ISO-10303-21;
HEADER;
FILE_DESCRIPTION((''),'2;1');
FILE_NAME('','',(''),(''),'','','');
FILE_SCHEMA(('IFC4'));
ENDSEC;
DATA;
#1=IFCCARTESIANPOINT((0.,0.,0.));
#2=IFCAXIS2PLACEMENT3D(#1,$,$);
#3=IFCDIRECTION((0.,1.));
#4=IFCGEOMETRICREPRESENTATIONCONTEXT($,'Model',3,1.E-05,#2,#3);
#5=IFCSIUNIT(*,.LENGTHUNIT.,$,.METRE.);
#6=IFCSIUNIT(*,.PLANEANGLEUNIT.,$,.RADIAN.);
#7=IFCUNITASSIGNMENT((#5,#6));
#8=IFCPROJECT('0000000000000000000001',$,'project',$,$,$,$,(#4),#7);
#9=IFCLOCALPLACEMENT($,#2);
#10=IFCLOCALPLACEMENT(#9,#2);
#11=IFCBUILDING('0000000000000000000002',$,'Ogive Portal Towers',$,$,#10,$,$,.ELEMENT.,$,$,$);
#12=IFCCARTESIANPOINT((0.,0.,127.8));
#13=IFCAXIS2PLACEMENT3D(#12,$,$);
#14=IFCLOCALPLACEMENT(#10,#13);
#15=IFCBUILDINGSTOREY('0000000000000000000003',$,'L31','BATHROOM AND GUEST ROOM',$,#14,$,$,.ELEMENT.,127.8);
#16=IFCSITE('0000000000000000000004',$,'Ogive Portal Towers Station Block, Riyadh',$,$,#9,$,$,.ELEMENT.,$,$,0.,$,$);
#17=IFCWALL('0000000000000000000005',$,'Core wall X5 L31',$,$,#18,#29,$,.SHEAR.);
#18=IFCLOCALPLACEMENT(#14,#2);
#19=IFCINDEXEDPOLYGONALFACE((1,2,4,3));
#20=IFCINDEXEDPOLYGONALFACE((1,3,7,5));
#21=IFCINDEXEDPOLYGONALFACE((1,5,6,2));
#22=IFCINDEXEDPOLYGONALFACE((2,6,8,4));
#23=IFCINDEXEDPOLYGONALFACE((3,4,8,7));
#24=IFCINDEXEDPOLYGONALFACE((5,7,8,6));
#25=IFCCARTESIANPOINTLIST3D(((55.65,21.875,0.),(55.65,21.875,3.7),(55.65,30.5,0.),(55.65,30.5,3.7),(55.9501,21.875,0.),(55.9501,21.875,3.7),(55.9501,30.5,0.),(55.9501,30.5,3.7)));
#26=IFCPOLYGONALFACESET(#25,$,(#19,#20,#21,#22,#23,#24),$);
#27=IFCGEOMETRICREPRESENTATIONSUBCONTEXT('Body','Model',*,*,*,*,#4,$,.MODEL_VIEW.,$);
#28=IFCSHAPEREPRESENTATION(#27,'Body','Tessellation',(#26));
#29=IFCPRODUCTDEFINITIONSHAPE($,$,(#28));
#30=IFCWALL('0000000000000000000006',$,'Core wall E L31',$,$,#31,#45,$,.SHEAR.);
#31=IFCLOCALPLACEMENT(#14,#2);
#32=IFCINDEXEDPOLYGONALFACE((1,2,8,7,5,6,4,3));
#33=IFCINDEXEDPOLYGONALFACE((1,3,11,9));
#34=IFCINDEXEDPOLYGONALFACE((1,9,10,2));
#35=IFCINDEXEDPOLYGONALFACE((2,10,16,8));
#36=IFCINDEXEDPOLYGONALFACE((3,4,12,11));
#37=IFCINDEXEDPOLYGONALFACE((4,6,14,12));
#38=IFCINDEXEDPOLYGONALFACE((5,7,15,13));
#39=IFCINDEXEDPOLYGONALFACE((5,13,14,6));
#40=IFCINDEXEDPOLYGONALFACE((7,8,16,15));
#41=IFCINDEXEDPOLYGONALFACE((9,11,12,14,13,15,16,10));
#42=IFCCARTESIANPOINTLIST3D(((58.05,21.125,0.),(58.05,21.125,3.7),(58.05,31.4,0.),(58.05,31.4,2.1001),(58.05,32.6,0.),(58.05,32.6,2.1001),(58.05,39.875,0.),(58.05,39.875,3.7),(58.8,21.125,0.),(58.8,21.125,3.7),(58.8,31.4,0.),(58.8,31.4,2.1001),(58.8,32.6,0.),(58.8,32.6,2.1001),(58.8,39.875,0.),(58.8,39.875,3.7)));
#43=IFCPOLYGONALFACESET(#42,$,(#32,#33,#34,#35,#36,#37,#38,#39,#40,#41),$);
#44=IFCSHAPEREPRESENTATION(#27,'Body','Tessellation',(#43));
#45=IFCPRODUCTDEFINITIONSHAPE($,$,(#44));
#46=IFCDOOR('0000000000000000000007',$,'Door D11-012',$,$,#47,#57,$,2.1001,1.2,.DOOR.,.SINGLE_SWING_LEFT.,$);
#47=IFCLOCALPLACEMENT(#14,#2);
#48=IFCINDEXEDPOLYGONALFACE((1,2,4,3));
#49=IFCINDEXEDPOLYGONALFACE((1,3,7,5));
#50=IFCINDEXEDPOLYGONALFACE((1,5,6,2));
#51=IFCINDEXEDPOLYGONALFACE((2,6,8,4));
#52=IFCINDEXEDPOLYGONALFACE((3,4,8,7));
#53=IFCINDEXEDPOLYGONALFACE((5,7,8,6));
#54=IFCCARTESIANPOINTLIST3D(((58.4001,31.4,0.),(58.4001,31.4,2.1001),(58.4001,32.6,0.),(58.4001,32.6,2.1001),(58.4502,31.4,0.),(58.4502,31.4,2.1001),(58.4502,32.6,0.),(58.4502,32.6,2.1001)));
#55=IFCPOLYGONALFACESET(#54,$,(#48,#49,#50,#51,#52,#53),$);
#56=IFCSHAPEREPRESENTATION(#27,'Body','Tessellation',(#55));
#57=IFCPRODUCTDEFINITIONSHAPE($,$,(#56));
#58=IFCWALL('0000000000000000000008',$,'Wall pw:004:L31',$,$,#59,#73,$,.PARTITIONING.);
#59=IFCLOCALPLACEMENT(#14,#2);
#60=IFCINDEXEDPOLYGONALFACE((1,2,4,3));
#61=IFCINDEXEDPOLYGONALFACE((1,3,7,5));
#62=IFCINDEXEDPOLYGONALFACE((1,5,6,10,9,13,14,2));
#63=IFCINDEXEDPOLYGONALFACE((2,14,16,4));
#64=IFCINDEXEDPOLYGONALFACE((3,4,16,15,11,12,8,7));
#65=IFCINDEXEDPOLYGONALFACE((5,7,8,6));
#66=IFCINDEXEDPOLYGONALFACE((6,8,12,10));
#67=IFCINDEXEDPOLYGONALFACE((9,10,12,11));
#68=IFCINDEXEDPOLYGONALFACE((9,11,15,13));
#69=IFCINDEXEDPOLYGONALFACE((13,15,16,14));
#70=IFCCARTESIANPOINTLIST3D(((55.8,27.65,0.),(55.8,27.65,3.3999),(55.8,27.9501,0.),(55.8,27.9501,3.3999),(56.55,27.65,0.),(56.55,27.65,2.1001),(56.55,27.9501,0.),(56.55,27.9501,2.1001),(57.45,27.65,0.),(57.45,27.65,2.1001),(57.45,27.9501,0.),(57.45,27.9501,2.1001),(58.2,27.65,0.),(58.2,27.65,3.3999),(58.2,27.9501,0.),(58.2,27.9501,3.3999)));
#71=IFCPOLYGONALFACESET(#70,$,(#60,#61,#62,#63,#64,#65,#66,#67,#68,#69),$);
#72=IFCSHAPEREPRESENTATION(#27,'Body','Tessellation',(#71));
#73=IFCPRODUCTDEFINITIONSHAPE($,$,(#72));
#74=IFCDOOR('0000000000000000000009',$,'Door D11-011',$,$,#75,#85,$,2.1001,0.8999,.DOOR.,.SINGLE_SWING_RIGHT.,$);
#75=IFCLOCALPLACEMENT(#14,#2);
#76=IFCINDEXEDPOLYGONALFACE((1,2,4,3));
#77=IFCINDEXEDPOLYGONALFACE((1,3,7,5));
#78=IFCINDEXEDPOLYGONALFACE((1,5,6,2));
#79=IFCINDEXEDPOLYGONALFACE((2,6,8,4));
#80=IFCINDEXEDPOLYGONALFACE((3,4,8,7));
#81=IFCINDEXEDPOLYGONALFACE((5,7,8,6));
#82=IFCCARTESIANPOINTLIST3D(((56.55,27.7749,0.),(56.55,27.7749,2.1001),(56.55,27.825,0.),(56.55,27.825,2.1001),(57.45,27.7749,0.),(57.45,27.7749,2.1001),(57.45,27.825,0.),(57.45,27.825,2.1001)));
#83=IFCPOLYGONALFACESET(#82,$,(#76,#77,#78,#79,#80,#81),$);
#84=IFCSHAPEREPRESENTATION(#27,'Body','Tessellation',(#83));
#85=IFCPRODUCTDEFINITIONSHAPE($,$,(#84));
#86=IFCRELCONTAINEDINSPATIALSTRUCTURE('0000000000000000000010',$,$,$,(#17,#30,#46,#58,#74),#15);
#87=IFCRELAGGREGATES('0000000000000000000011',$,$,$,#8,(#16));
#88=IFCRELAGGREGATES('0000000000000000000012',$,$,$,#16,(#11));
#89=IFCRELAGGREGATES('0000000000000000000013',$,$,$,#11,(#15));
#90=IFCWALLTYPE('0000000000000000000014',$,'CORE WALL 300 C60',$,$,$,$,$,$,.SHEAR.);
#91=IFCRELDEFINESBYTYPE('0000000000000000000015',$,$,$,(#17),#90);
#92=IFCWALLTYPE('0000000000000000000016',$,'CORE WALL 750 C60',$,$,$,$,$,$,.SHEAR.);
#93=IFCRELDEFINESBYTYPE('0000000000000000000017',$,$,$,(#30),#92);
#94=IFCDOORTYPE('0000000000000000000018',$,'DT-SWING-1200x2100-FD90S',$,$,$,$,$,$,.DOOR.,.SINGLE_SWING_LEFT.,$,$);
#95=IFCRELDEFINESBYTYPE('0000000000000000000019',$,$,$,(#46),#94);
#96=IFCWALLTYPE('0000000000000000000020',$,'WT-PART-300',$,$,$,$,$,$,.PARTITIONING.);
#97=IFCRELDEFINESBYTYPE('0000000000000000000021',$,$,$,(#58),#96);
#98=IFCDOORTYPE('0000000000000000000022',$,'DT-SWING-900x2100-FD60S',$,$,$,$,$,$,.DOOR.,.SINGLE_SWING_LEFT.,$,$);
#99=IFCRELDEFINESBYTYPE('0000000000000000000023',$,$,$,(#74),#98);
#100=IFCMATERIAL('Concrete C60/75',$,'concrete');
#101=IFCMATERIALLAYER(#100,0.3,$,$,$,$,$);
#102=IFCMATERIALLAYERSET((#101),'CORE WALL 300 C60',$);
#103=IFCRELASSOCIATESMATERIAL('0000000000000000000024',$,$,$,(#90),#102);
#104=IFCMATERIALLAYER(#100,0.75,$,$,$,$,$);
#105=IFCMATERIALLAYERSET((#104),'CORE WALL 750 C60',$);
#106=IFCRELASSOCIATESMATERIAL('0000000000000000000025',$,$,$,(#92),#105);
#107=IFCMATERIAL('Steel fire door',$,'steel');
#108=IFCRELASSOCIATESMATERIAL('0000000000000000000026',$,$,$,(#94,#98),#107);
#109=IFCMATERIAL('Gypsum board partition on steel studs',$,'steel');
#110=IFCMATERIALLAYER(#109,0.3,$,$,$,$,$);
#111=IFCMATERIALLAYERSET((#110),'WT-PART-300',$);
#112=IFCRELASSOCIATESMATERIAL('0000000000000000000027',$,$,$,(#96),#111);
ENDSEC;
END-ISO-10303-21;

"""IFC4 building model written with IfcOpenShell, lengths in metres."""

from ifc_helpers import new_model, si_unit, direction, frame, frame_2d, origin, place, context, subcontext, project, spatial, rectangle, extrude, material, layer, layer_set, type_object, element, fill, save


model = new_model("IFC4")

# Units and contexts
model_context = context("Model", 3, precision=1e-05, world=origin(), true_north=direction((0.0, 1.0)))
body_context = subcontext(model_context, "Body", "Model", "MODEL_VIEW")
ifc_project = project(units=[si_unit("LENGTHUNIT", "METRE"), si_unit("PLANEANGLEUNIT", "RADIAN")], contexts=[model_context])

# Site, building, storey
site_placement = place(None, origin())
site = spatial("IfcSite", under=ifc_project, at=site_placement, Name="Ogive Portal Towers Station Block, Riyadh", CompositionType="ELEMENT", RefElevation=0.0)
building_placement = place(site_placement, origin())
building = spatial("IfcBuilding", under=site, at=building_placement, Name="Ogive Portal Towers", CompositionType="ELEMENT")
storey_placement = place(building_placement, frame((0.0, 0.0, 127.8)))
storey = spatial("IfcBuildingStorey", under=building, at=storey_placement, Name="L31", Description="BATHROOM AND GUEST ROOM", CompositionType="ELEMENT", Elevation=127.8)

# Wall
ifc_material_1 = material(Name="Concrete C60/75", Category="concrete")
ifc_layer_1 = layer(ifc_material_1, 0.3)
ifc_layer_set_1 = layer_set([ifc_layer_1], Name="CORE WALL 300 C60")
wall_type_1 = type_object("IfcWallType", Name="CORE WALL 300 C60", PredefinedType="SHEAR", material=ifc_layer_set_1)
wall_1_placement = place(storey_placement, frame((55.8, 21.875, 0.0), z_axis=(0.0, 0.0, 1.0), x_axis=(0.0, 1.0, 0.0)))
element("IfcWall", 1, at=wall_1_placement, inside=storey, type_object=wall_type_1, Name="Core wall X5 L31", PredefinedType="SHEAR", context=body_context, shape_type="SweptSolid", body=[
    extrude(rectangle(XDim=8.625, YDim=0.3, at=frame_2d((4.3125, 0.0))), origin(), (0.0, 0.0, 1.0), 3.7),
])

# Walls, openings, doors
ifc_layer_2 = layer(ifc_material_1, 0.75)
ifc_layer_set_2 = layer_set([ifc_layer_2], Name="CORE WALL 750 C60")
wall_type_2 = type_object("IfcWallType", Name="CORE WALL 750 C60", PredefinedType="SHEAR", material=ifc_layer_set_2)
wall_2_placement = place(storey_placement, frame((58.425, 21.125, 0.0), z_axis=(0.0, 0.0, 1.0), x_axis=(0.0, 1.0, 0.0)))
wall_2 = element("IfcWall", 2, at=wall_2_placement, inside=storey, type_object=wall_type_2, Name="Core wall E L31", PredefinedType="SHEAR", context=body_context, shape_type="SweptSolid", body=[
    extrude(rectangle(XDim=18.75, YDim=0.75, at=frame_2d((9.375, 0.0))), origin(), (0.0, 0.0, 1.0), 3.7),
])
opening_1_placement = place(wall_2_placement, frame((10.2749, 0.0, 0.0)))
opening_1 = element("IfcOpeningElement", 3, at=opening_1_placement, cuts=wall_2, PredefinedType="OPENING", context=body_context, shape_type="SweptSolid", body=[
    extrude(rectangle(XDim=1.2, YDim=2.1001, at=frame_2d((0.6001, 1.05))), frame((0.0, 0.385, 0.0), z_axis=(0.0, -1.0, 0.0), x_axis=(1.0, 0.0, 0.0)), (0.0, 0.0, 1.0), 0.77),
])
ifc_material_2 = material(Name="Steel fire door", Category="steel")
door_type_1 = type_object("IfcDoorType", Name="DT-SWING-1200x2100-FD90S", OperationType="SINGLE_SWING_LEFT", PredefinedType="DOOR", material=ifc_material_2)
door_1_placement = place(opening_1_placement, origin())
door_1 = element("IfcDoor", 4, at=door_1_placement, inside=storey, type_object=door_type_1, Name="Door D11-012", OperationType="SINGLE_SWING_LEFT", OverallHeight=2.1001, OverallWidth=1.2, PredefinedType="DOOR", context=body_context, shape_type="SweptSolid", body=[
    extrude(rectangle(XDim=1.2, YDim=2.1001, at=frame_2d((0.6001, 1.05))), frame((0.0, 0.0249, 0.0), z_axis=(0.0, -1.0, 0.0), x_axis=(1.0, 0.0, 0.0)), (0.0, 0.0, 1.0), 0.05),
])
fill(opening_1, door_1)
ifc_material_3 = material(Name="Gypsum board partition on steel studs", Category="steel")
ifc_layer_3 = layer(ifc_material_3, 0.3)
ifc_layer_set_3 = layer_set([ifc_layer_3], Name="WT-PART-300")
wall_type_3 = type_object("IfcWallType", Name="WT-PART-300", PredefinedType="PARTITIONING", material=ifc_layer_set_3)
wall_3_placement = place(storey_placement, frame((55.8, 27.8, 0.0), z_axis=(0.0, 0.0, 1.0), x_axis=(1.0, 0.0, 0.0)))
wall_3 = element("IfcWall", 5, at=wall_3_placement, inside=storey, type_object=wall_type_3, Name="Wall pw:004:L31", PredefinedType="PARTITIONING", context=body_context, shape_type="SweptSolid", body=[
    extrude(rectangle(XDim=2.3999, YDim=0.3, at=frame_2d((1.2, 0.0))), origin(), (0.0, 0.0, 1.0), 3.3999),
])
opening_2_placement = place(wall_3_placement, frame((0.75, 0.0, 0.0)))
opening_2 = element("IfcOpeningElement", 6, at=opening_2_placement, cuts=wall_3, PredefinedType="OPENING", context=body_context, shape_type="SweptSolid", body=[
    extrude(rectangle(XDim=0.8999, YDim=2.1001, at=frame_2d((0.45, 1.05))), frame((0.0, 0.1602, 0.0), z_axis=(0.0, -1.0, 0.0), x_axis=(1.0, 0.0, 0.0)), (0.0, 0.0, 1.0), 0.3201),
])
door_type_2 = type_object("IfcDoorType", Name="DT-SWING-900x2100-FD60S", OperationType="SINGLE_SWING_LEFT", PredefinedType="DOOR", material=ifc_material_2)
door_2_placement = place(opening_2_placement, origin())
door_2 = element("IfcDoor", 7, at=door_2_placement, inside=storey, type_object=door_type_2, Name="Door D11-011", OperationType="SINGLE_SWING_RIGHT", OverallHeight=2.1001, OverallWidth=0.8999, PredefinedType="DOOR", context=body_context, shape_type="SweptSolid", body=[
    extrude(rectangle(XDim=0.8999, YDim=2.1001, at=frame_2d((0.45, 1.05))), frame((0.0, 0.0249, 0.0), z_axis=(0.0, -1.0, 0.0), x_axis=(1.0, 0.0, 0.0)), (0.0, 0.0, 1.0), 0.05),
])
fill(opening_2, door_2)

save(model, "model.ifc")
